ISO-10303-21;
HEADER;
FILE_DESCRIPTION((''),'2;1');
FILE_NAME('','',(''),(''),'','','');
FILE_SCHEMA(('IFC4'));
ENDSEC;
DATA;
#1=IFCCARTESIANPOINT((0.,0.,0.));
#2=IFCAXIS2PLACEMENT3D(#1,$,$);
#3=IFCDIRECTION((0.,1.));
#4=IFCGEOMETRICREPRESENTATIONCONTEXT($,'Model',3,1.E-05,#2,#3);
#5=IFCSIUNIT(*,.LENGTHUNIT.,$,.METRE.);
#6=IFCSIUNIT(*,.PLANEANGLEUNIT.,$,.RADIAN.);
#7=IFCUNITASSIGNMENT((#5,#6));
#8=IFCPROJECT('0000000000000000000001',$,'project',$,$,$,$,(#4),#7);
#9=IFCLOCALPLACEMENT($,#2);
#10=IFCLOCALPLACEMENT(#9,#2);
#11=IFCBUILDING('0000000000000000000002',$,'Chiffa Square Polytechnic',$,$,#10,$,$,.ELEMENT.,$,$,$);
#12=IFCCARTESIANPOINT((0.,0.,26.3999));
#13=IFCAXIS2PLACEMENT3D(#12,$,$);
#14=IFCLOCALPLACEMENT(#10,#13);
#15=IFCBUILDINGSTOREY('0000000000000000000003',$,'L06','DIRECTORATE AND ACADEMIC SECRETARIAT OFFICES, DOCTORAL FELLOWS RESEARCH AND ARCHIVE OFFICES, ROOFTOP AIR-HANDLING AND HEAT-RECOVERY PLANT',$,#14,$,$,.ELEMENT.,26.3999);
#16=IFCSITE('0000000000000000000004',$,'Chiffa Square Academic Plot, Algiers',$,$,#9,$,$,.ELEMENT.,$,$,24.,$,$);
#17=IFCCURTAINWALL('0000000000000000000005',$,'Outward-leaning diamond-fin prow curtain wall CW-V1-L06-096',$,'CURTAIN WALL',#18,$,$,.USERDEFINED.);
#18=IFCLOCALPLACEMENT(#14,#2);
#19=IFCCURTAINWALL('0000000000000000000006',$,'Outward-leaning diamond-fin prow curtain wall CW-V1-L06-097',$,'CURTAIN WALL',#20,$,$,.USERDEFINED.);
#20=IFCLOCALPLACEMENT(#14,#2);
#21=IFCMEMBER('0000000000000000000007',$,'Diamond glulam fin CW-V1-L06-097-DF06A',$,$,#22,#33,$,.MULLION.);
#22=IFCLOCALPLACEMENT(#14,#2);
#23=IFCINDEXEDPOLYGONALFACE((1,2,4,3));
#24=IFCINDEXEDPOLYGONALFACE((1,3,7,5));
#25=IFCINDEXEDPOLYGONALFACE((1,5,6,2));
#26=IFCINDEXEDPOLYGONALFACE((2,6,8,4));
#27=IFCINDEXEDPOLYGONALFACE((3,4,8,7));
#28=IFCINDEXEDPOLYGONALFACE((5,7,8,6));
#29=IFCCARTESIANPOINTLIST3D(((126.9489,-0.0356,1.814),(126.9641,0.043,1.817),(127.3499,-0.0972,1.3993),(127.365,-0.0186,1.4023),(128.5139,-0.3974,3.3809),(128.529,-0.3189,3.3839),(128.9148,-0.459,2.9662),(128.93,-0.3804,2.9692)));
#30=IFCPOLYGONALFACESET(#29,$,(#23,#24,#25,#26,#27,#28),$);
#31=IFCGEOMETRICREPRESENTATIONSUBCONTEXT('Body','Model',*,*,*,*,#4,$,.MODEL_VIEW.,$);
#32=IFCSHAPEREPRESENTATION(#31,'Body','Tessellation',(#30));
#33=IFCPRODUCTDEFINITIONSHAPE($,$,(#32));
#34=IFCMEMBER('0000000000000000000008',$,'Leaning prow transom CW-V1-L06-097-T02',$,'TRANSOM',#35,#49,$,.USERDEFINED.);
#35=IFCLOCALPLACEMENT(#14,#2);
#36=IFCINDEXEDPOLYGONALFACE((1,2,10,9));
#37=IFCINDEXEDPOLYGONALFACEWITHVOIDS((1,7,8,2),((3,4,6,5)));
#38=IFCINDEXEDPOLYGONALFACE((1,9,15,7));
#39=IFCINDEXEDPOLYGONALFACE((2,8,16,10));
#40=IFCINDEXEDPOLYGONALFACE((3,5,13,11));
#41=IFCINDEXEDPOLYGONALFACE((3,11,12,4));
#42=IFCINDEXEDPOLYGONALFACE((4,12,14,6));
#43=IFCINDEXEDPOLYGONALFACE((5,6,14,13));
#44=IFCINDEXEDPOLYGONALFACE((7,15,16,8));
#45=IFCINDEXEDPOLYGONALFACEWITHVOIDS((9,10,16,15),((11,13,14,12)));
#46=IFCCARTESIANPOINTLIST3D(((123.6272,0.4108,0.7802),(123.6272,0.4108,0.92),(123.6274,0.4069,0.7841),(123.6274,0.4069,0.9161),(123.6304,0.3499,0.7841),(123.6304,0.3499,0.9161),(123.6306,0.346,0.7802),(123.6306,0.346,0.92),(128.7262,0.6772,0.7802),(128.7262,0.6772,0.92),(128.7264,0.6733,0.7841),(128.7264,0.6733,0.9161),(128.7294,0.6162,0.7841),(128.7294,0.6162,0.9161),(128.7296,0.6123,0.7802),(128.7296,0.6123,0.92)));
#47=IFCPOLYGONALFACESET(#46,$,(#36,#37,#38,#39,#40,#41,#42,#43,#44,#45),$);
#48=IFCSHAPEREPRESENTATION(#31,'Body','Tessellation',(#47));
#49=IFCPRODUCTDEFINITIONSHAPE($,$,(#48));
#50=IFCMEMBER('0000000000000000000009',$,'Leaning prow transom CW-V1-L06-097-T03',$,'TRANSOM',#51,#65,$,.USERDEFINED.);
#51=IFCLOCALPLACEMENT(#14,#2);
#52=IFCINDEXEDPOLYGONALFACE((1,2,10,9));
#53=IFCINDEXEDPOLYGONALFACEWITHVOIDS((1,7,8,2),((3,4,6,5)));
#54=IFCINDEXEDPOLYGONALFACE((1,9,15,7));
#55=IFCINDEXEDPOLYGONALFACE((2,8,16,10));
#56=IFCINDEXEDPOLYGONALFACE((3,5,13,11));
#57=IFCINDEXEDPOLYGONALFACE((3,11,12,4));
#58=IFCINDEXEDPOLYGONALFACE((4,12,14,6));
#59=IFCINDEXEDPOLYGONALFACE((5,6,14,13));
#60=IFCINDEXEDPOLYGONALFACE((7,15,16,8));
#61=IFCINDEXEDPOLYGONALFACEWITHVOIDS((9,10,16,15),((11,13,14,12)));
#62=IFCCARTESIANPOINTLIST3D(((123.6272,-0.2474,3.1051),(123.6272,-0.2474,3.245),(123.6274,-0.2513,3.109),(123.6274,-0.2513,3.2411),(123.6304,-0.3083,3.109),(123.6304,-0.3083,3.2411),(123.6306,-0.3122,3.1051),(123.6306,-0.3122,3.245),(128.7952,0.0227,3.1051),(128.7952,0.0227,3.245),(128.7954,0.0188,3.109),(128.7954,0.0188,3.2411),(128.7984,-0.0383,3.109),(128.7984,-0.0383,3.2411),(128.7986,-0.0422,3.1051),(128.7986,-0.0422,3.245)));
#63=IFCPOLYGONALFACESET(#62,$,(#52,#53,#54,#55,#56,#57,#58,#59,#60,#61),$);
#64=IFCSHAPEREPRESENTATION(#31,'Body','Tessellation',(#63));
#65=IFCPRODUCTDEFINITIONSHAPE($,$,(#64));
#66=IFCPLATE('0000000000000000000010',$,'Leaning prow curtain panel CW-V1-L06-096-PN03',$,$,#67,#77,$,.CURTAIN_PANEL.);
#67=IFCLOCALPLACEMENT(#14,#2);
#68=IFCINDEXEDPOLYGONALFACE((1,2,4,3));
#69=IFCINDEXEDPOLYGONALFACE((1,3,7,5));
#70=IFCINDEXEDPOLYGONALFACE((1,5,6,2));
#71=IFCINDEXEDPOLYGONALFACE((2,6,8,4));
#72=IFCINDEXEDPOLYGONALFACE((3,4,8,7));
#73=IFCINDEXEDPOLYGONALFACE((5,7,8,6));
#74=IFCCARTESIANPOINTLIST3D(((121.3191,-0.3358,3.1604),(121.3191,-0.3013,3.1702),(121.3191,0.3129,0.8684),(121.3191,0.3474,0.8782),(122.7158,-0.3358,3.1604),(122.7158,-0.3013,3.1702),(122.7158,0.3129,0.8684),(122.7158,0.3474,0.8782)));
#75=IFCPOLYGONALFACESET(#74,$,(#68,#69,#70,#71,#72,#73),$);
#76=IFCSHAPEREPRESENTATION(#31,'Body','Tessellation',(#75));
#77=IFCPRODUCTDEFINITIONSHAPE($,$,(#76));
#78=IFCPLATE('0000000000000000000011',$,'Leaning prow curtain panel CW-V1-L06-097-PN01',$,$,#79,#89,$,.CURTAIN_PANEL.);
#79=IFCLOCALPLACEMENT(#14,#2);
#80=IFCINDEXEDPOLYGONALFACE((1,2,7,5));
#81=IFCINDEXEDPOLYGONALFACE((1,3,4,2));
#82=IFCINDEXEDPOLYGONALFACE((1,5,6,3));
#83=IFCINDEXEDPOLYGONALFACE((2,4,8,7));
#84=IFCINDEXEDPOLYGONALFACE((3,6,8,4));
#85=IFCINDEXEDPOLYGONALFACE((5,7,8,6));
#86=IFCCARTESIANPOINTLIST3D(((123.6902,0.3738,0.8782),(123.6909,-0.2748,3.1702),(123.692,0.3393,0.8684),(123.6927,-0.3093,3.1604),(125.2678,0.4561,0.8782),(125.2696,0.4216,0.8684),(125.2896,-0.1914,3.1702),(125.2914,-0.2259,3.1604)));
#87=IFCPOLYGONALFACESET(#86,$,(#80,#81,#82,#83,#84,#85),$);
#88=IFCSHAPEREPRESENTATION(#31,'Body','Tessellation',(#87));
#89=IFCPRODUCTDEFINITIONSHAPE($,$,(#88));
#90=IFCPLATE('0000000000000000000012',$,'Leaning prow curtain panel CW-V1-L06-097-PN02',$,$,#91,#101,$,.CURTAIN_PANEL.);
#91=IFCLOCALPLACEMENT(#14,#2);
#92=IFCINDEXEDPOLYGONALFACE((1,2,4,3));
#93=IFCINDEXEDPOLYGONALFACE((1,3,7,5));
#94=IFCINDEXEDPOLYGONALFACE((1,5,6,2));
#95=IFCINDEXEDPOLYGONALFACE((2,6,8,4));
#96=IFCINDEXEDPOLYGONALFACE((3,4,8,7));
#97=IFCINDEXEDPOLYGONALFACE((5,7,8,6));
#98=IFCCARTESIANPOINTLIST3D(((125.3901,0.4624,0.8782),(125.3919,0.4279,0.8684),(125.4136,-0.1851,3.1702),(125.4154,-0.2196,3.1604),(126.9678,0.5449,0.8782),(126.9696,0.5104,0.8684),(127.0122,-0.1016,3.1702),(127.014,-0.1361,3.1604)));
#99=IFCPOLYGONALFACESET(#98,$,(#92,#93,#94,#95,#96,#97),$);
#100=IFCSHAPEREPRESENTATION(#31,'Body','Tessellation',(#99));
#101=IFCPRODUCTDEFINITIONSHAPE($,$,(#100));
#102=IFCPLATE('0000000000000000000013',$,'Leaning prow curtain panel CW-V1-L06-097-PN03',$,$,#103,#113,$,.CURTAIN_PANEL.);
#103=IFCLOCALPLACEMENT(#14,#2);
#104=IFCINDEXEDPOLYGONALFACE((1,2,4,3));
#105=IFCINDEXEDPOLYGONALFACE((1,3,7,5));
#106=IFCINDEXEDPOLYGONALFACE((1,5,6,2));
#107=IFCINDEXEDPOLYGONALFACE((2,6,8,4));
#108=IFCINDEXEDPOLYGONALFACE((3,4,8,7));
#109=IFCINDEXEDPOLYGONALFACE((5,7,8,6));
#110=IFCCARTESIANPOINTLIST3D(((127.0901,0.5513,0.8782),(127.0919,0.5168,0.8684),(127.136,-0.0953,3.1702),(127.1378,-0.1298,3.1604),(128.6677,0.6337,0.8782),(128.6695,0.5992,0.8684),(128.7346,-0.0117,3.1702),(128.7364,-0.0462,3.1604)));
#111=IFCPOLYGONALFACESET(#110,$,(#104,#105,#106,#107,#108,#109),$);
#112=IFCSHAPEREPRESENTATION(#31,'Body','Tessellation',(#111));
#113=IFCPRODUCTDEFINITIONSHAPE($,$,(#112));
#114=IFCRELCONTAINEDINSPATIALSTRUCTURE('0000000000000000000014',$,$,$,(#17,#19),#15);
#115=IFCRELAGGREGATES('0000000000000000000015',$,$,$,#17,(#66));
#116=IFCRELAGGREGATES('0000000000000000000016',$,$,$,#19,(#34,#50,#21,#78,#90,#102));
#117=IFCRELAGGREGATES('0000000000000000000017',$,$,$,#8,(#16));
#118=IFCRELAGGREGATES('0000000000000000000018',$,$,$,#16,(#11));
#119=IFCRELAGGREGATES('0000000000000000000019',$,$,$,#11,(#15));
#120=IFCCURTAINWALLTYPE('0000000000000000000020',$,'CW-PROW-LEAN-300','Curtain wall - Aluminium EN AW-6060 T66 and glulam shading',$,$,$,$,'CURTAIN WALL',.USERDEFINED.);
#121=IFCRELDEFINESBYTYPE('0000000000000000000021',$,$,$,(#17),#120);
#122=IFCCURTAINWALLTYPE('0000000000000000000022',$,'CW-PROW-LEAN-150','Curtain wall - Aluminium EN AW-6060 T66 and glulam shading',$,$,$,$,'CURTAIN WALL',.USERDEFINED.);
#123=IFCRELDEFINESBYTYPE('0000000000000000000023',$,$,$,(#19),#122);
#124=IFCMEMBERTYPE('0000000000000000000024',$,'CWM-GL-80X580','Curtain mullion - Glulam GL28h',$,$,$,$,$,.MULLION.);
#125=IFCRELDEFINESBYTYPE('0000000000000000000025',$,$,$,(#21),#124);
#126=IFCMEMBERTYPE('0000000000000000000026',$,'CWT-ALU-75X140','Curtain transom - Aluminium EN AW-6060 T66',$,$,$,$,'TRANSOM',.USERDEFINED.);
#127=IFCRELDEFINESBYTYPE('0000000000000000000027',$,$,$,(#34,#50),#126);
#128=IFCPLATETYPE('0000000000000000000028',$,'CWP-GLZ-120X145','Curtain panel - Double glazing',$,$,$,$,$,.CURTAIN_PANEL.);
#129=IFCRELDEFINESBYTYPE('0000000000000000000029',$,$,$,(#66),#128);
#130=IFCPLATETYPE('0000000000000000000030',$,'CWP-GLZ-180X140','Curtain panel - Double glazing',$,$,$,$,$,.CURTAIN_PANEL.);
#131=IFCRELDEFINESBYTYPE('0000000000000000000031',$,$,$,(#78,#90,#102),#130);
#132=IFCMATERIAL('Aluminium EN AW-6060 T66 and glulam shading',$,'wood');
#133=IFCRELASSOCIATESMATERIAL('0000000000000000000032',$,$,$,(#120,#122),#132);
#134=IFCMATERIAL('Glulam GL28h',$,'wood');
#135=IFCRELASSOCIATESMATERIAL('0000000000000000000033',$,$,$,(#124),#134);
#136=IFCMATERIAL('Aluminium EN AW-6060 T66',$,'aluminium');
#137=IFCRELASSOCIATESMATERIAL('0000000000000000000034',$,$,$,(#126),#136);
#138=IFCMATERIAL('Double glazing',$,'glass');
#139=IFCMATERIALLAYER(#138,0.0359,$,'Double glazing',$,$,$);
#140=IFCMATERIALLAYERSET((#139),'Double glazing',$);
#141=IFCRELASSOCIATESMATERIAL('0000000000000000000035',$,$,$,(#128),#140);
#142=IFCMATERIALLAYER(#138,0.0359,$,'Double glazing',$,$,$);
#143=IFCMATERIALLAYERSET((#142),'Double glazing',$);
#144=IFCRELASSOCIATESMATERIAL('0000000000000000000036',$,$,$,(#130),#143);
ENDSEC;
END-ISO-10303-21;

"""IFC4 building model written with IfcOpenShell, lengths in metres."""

from ifc_helpers import new_model, si_unit, direction, frame, origin, origin_2d, place, context, subcontext, project, spatial, polyline, rectangle, hollow_rectangle, outline, extrude, material, layer, layer_set, material_profile, profile_set, type_object, element, aggregate, save


model = new_model("IFC4")

# Units and contexts
model_context = context("Model", 3, precision=1e-05, world=origin(), true_north=direction((0.0, 1.0)))
body_context = subcontext(model_context, "Body", "Model", "MODEL_VIEW")
ifc_project = project(units=[si_unit("LENGTHUNIT", "METRE"), si_unit("PLANEANGLEUNIT", "RADIAN")], contexts=[model_context])

# Site, building, storey
site_placement = place(None, origin())
site = spatial("IfcSite", under=ifc_project, at=site_placement, Name="Chiffa Square Academic Plot, Algiers", CompositionType="ELEMENT", RefElevation=24.0)
building_placement = place(site_placement, origin())
building = spatial("IfcBuilding", under=site, at=building_placement, Name="Chiffa Square Polytechnic", CompositionType="ELEMENT")
storey_placement = place(building_placement, frame((0.0, 0.0, 26.3999)))
storey = spatial("IfcBuildingStorey", under=building, at=storey_placement, Name="L06", Description="DIRECTORATE AND ACADEMIC SECRETARIAT OFFICES, DOCTORAL FELLOWS RESEARCH AND ARCHIVE OFFICES, ROOFTOP AIR-HANDLING AND HEAT-RECOVERY PLANT", CompositionType="ELEMENT", Elevation=26.3999)

# Curtain walls, members
ifc_material_1 = material(Name="Aluminium EN AW-6060 T66 and glulam shading", Category="wood")
curtain_wall_type_1 = type_object("IfcCurtainWallType", Name="CW-PROW-LEAN-300", Description="Curtain wall - Aluminium EN AW-6060 T66 and glulam shading", ElementType="CURTAIN WALL", PredefinedType="USERDEFINED", material=ifc_material_1)
curtain_wall_1_placement = place(storey_placement, origin())
curtain_wall_1 = element("IfcCurtainWall", 1, at=curtain_wall_1_placement, inside=storey, type_object=curtain_wall_type_1, Name="Outward-leaning diamond-fin prow curtain wall CW-V1-L06-096", ObjectType="CURTAIN WALL", PredefinedType="USERDEFINED")
ifc_material_2 = material(Name="Glulam GL28h", Category="wood")
ifc_material_profile_1 = material_profile(ifc_material_2, rectangle(XDim=0.0801, YDim=0.5801, at=origin_2d()), Name="GL28h 80x580")
ifc_profile_set_1 = profile_set([ifc_material_profile_1], Name="Glulam GL28h")
member_type_1 = type_object("IfcMemberType", Name="CWM-GL-80X580", Description="Curtain mullion - Glulam GL28h", PredefinedType="MULLION", material=ifc_profile_set_1)
curtain_wall_type_2 = type_object("IfcCurtainWallType", Name="CW-PROW-LEAN-150", Description="Curtain wall - Aluminium EN AW-6060 T66 and glulam shading", ElementType="CURTAIN WALL", PredefinedType="USERDEFINED", material=ifc_material_1)
curtain_wall_2_placement = place(storey_placement, origin())
curtain_wall_2 = element("IfcCurtainWall", 2, at=curtain_wall_2_placement, inside=storey, type_object=curtain_wall_type_2, Name="Outward-leaning diamond-fin prow curtain wall CW-V1-L06-097", ObjectType="CURTAIN WALL", PredefinedType="USERDEFINED")
member_1_placement = place(storey_placement, frame((127.157, -0.0271, 1.6082), z_axis=(0.697419, -0.161244, 0.698289), x_axis=(0.189344, 0.981196, 0.037463)))
member_1 = element("IfcMember", 3, at=member_1_placement, type_object=member_type_1, Name="Diamond glulam fin CW-V1-L06-097-DF06A", PredefinedType="MULLION", context=body_context, shape_type="SweptSolid", body=[
    extrude(rectangle(XDim=0.0801, YDim=0.5801, at=origin_2d()), origin(), (0.0, 0.0, 1.0), 2.2439),
])
ifc_material_3 = material(Name="Aluminium EN AW-6060 T66", Category="aluminium")
ifc_material_profile_2 = material_profile(ifc_material_3, hollow_rectangle(XDim=0.0649, YDim=0.1399, WallThickness=0.0039, at=origin_2d()), Name="ALU 65x140x4")
ifc_profile_set_2 = profile_set([ifc_material_profile_2], Name="Aluminium EN AW-6060 T66")
member_type_2 = type_object("IfcMemberType", Name="CWT-ALU-75X140", Description="Curtain transom - Aluminium EN AW-6060 T66", ElementType="TRANSOM", PredefinedType="USERDEFINED", material=ifc_profile_set_2)
member_2_placement = place(storey_placement, frame((123.6289, 0.3784, 0.8501), z_axis=(0.998638, 0.052165, 0.0), x_axis=(-0.052165, 0.998638, 0.0)))
member_2 = element("IfcMember", 4, at=member_2_placement, type_object=member_type_2, Name="Leaning prow transom CW-V1-L06-097-T02", ObjectType="TRANSOM", PredefinedType="USERDEFINED", context=body_context, shape_type="SweptSolid", body=[
    extrude(hollow_rectangle(XDim=0.0649, YDim=0.1399, WallThickness=0.0039, at=origin_2d()), origin(), (0.0, 0.0, 1.0), 5.106),
])
member_3_placement = place(storey_placement, frame((123.6289, -0.2798, 3.175), z_axis=(0.998638, 0.052178, 0.0), x_axis=(-0.052178, 0.998638, 0.0)))
member_3 = element("IfcMember", 5, at=member_3_placement, type_object=member_type_2, Name="Leaning prow transom CW-V1-L06-097-T03", ObjectType="TRANSOM", PredefinedType="USERDEFINED", context=body_context, shape_type="SweptSolid", body=[
    extrude(hollow_rectangle(XDim=0.0649, YDim=0.1399, WallThickness=0.0039, at=origin_2d()), origin(), (0.0, 0.0, 1.0), 5.175),
])

# Plates
ifc_material_4 = material(Name="Double glazing", Category="glass")
ifc_layer_1 = layer(ifc_material_4, 0.0359, Name="Double glazing")
ifc_layer_set_1 = layer_set([ifc_layer_1], Name="Double glazing")
plate_type_1 = type_object("IfcPlateType", Name="CWP-GLZ-120X145", Description="Curtain panel - Double glazing", PredefinedType="CURTAIN_PANEL", material=ifc_layer_set_1)
plate_1_placement = place(storey_placement, frame((121.3191, 0.3474, 0.8782), z_axis=(0.0, 0.962206, 0.272324), x_axis=(1.0, 0.0, 0.0)))
plate_1 = element("IfcPlate", 6, at=plate_1_placement, type_object=plate_type_1, Name="Leaning prow curtain panel CW-V1-L06-096-PN03", PredefinedType="CURTAIN_PANEL", context=body_context, shape_type="SweptSolid", body=[
    extrude(outline(polyline([(0.0, 0.0), (1.3967, 0.0), (1.3967, -2.382), (0.0, -2.382), (0.0, 0.0)])), origin(), (0.0, 0.0, -1.0), 0.0359),
])
aggregate(curtain_wall_1, [plate_1])
ifc_layer_2 = layer(ifc_material_4, 0.0359, Name="Double glazing")
ifc_layer_set_2 = layer_set([ifc_layer_2], Name="Double glazing")
plate_type_2 = type_object("IfcPlateType", Name="CWP-GLZ-180X140", Description="Curtain panel - Double glazing", PredefinedType="CURTAIN_PANEL", material=ifc_layer_set_2)
plate_2_placement = place(storey_placement, frame((123.6902, 0.3738, 0.8782), z_axis=(-0.050155, 0.960997, 0.271972), x_axis=(0.998641, 0.052117, 0.00001)))
plate_2 = element("IfcPlate", 7, at=plate_2_placement, type_object=plate_type_2, Name="Leaning prow curtain panel CW-V1-L06-097-PN01", PredefinedType="CURTAIN_PANEL", context=body_context, shape_type="SweptSolid", body=[
    extrude(outline(polyline([(0.0, 0.0), (1.5798, 0.0), (1.5678, -2.3818), (-0.0331, -2.3818), (0.0, 0.0)])), origin(), (0.0, 0.0, -1.0), 0.0359),
])
plate_3_placement = place(storey_placement, frame((125.3901, 0.4624, 0.8782), z_axis=(-0.050228, 0.960984, 0.272006), x_axis=(0.998637, 0.052199, -0.00001)))
plate_3 = element("IfcPlate", 8, at=plate_3_placement, type_object=plate_type_2, Name="Leaning prow curtain panel CW-V1-L06-097-PN02", PredefinedType="CURTAIN_PANEL", context=body_context, shape_type="SweptSolid", body=[
    extrude(outline(polyline([(0.0, 0.0), (1.5798, 0.0), (1.5904, -2.3818), (-0.0104, -2.3818), (0.0, 0.0)])), origin(), (0.0, 0.0, -1.0), 0.0359),
])
plate_4_placement = place(storey_placement, frame((127.0901, 0.5513, 0.8782), z_axis=(-0.050227, 0.960962, 0.272082), x_axis=(0.998637, 0.052199, -0.00001)))
plate_4 = element("IfcPlate", 9, at=plate_4_placement, type_object=plate_type_2, Name="Leaning prow curtain panel CW-V1-L06-097-PN03", PredefinedType="CURTAIN_PANEL", context=body_context, shape_type="SweptSolid", body=[
    extrude(outline(polyline([(0.0, 0.0), (1.5798, 0.0), (1.6129, -2.3819), (0.0121, -2.3818), (0.0, 0.0)])), origin(), (0.0, 0.0, -1.0), 0.0359),
])
aggregate(curtain_wall_2, [member_2, member_3, member_1, plate_2, plate_3, plate_4])

save(model, "model.ifc")
